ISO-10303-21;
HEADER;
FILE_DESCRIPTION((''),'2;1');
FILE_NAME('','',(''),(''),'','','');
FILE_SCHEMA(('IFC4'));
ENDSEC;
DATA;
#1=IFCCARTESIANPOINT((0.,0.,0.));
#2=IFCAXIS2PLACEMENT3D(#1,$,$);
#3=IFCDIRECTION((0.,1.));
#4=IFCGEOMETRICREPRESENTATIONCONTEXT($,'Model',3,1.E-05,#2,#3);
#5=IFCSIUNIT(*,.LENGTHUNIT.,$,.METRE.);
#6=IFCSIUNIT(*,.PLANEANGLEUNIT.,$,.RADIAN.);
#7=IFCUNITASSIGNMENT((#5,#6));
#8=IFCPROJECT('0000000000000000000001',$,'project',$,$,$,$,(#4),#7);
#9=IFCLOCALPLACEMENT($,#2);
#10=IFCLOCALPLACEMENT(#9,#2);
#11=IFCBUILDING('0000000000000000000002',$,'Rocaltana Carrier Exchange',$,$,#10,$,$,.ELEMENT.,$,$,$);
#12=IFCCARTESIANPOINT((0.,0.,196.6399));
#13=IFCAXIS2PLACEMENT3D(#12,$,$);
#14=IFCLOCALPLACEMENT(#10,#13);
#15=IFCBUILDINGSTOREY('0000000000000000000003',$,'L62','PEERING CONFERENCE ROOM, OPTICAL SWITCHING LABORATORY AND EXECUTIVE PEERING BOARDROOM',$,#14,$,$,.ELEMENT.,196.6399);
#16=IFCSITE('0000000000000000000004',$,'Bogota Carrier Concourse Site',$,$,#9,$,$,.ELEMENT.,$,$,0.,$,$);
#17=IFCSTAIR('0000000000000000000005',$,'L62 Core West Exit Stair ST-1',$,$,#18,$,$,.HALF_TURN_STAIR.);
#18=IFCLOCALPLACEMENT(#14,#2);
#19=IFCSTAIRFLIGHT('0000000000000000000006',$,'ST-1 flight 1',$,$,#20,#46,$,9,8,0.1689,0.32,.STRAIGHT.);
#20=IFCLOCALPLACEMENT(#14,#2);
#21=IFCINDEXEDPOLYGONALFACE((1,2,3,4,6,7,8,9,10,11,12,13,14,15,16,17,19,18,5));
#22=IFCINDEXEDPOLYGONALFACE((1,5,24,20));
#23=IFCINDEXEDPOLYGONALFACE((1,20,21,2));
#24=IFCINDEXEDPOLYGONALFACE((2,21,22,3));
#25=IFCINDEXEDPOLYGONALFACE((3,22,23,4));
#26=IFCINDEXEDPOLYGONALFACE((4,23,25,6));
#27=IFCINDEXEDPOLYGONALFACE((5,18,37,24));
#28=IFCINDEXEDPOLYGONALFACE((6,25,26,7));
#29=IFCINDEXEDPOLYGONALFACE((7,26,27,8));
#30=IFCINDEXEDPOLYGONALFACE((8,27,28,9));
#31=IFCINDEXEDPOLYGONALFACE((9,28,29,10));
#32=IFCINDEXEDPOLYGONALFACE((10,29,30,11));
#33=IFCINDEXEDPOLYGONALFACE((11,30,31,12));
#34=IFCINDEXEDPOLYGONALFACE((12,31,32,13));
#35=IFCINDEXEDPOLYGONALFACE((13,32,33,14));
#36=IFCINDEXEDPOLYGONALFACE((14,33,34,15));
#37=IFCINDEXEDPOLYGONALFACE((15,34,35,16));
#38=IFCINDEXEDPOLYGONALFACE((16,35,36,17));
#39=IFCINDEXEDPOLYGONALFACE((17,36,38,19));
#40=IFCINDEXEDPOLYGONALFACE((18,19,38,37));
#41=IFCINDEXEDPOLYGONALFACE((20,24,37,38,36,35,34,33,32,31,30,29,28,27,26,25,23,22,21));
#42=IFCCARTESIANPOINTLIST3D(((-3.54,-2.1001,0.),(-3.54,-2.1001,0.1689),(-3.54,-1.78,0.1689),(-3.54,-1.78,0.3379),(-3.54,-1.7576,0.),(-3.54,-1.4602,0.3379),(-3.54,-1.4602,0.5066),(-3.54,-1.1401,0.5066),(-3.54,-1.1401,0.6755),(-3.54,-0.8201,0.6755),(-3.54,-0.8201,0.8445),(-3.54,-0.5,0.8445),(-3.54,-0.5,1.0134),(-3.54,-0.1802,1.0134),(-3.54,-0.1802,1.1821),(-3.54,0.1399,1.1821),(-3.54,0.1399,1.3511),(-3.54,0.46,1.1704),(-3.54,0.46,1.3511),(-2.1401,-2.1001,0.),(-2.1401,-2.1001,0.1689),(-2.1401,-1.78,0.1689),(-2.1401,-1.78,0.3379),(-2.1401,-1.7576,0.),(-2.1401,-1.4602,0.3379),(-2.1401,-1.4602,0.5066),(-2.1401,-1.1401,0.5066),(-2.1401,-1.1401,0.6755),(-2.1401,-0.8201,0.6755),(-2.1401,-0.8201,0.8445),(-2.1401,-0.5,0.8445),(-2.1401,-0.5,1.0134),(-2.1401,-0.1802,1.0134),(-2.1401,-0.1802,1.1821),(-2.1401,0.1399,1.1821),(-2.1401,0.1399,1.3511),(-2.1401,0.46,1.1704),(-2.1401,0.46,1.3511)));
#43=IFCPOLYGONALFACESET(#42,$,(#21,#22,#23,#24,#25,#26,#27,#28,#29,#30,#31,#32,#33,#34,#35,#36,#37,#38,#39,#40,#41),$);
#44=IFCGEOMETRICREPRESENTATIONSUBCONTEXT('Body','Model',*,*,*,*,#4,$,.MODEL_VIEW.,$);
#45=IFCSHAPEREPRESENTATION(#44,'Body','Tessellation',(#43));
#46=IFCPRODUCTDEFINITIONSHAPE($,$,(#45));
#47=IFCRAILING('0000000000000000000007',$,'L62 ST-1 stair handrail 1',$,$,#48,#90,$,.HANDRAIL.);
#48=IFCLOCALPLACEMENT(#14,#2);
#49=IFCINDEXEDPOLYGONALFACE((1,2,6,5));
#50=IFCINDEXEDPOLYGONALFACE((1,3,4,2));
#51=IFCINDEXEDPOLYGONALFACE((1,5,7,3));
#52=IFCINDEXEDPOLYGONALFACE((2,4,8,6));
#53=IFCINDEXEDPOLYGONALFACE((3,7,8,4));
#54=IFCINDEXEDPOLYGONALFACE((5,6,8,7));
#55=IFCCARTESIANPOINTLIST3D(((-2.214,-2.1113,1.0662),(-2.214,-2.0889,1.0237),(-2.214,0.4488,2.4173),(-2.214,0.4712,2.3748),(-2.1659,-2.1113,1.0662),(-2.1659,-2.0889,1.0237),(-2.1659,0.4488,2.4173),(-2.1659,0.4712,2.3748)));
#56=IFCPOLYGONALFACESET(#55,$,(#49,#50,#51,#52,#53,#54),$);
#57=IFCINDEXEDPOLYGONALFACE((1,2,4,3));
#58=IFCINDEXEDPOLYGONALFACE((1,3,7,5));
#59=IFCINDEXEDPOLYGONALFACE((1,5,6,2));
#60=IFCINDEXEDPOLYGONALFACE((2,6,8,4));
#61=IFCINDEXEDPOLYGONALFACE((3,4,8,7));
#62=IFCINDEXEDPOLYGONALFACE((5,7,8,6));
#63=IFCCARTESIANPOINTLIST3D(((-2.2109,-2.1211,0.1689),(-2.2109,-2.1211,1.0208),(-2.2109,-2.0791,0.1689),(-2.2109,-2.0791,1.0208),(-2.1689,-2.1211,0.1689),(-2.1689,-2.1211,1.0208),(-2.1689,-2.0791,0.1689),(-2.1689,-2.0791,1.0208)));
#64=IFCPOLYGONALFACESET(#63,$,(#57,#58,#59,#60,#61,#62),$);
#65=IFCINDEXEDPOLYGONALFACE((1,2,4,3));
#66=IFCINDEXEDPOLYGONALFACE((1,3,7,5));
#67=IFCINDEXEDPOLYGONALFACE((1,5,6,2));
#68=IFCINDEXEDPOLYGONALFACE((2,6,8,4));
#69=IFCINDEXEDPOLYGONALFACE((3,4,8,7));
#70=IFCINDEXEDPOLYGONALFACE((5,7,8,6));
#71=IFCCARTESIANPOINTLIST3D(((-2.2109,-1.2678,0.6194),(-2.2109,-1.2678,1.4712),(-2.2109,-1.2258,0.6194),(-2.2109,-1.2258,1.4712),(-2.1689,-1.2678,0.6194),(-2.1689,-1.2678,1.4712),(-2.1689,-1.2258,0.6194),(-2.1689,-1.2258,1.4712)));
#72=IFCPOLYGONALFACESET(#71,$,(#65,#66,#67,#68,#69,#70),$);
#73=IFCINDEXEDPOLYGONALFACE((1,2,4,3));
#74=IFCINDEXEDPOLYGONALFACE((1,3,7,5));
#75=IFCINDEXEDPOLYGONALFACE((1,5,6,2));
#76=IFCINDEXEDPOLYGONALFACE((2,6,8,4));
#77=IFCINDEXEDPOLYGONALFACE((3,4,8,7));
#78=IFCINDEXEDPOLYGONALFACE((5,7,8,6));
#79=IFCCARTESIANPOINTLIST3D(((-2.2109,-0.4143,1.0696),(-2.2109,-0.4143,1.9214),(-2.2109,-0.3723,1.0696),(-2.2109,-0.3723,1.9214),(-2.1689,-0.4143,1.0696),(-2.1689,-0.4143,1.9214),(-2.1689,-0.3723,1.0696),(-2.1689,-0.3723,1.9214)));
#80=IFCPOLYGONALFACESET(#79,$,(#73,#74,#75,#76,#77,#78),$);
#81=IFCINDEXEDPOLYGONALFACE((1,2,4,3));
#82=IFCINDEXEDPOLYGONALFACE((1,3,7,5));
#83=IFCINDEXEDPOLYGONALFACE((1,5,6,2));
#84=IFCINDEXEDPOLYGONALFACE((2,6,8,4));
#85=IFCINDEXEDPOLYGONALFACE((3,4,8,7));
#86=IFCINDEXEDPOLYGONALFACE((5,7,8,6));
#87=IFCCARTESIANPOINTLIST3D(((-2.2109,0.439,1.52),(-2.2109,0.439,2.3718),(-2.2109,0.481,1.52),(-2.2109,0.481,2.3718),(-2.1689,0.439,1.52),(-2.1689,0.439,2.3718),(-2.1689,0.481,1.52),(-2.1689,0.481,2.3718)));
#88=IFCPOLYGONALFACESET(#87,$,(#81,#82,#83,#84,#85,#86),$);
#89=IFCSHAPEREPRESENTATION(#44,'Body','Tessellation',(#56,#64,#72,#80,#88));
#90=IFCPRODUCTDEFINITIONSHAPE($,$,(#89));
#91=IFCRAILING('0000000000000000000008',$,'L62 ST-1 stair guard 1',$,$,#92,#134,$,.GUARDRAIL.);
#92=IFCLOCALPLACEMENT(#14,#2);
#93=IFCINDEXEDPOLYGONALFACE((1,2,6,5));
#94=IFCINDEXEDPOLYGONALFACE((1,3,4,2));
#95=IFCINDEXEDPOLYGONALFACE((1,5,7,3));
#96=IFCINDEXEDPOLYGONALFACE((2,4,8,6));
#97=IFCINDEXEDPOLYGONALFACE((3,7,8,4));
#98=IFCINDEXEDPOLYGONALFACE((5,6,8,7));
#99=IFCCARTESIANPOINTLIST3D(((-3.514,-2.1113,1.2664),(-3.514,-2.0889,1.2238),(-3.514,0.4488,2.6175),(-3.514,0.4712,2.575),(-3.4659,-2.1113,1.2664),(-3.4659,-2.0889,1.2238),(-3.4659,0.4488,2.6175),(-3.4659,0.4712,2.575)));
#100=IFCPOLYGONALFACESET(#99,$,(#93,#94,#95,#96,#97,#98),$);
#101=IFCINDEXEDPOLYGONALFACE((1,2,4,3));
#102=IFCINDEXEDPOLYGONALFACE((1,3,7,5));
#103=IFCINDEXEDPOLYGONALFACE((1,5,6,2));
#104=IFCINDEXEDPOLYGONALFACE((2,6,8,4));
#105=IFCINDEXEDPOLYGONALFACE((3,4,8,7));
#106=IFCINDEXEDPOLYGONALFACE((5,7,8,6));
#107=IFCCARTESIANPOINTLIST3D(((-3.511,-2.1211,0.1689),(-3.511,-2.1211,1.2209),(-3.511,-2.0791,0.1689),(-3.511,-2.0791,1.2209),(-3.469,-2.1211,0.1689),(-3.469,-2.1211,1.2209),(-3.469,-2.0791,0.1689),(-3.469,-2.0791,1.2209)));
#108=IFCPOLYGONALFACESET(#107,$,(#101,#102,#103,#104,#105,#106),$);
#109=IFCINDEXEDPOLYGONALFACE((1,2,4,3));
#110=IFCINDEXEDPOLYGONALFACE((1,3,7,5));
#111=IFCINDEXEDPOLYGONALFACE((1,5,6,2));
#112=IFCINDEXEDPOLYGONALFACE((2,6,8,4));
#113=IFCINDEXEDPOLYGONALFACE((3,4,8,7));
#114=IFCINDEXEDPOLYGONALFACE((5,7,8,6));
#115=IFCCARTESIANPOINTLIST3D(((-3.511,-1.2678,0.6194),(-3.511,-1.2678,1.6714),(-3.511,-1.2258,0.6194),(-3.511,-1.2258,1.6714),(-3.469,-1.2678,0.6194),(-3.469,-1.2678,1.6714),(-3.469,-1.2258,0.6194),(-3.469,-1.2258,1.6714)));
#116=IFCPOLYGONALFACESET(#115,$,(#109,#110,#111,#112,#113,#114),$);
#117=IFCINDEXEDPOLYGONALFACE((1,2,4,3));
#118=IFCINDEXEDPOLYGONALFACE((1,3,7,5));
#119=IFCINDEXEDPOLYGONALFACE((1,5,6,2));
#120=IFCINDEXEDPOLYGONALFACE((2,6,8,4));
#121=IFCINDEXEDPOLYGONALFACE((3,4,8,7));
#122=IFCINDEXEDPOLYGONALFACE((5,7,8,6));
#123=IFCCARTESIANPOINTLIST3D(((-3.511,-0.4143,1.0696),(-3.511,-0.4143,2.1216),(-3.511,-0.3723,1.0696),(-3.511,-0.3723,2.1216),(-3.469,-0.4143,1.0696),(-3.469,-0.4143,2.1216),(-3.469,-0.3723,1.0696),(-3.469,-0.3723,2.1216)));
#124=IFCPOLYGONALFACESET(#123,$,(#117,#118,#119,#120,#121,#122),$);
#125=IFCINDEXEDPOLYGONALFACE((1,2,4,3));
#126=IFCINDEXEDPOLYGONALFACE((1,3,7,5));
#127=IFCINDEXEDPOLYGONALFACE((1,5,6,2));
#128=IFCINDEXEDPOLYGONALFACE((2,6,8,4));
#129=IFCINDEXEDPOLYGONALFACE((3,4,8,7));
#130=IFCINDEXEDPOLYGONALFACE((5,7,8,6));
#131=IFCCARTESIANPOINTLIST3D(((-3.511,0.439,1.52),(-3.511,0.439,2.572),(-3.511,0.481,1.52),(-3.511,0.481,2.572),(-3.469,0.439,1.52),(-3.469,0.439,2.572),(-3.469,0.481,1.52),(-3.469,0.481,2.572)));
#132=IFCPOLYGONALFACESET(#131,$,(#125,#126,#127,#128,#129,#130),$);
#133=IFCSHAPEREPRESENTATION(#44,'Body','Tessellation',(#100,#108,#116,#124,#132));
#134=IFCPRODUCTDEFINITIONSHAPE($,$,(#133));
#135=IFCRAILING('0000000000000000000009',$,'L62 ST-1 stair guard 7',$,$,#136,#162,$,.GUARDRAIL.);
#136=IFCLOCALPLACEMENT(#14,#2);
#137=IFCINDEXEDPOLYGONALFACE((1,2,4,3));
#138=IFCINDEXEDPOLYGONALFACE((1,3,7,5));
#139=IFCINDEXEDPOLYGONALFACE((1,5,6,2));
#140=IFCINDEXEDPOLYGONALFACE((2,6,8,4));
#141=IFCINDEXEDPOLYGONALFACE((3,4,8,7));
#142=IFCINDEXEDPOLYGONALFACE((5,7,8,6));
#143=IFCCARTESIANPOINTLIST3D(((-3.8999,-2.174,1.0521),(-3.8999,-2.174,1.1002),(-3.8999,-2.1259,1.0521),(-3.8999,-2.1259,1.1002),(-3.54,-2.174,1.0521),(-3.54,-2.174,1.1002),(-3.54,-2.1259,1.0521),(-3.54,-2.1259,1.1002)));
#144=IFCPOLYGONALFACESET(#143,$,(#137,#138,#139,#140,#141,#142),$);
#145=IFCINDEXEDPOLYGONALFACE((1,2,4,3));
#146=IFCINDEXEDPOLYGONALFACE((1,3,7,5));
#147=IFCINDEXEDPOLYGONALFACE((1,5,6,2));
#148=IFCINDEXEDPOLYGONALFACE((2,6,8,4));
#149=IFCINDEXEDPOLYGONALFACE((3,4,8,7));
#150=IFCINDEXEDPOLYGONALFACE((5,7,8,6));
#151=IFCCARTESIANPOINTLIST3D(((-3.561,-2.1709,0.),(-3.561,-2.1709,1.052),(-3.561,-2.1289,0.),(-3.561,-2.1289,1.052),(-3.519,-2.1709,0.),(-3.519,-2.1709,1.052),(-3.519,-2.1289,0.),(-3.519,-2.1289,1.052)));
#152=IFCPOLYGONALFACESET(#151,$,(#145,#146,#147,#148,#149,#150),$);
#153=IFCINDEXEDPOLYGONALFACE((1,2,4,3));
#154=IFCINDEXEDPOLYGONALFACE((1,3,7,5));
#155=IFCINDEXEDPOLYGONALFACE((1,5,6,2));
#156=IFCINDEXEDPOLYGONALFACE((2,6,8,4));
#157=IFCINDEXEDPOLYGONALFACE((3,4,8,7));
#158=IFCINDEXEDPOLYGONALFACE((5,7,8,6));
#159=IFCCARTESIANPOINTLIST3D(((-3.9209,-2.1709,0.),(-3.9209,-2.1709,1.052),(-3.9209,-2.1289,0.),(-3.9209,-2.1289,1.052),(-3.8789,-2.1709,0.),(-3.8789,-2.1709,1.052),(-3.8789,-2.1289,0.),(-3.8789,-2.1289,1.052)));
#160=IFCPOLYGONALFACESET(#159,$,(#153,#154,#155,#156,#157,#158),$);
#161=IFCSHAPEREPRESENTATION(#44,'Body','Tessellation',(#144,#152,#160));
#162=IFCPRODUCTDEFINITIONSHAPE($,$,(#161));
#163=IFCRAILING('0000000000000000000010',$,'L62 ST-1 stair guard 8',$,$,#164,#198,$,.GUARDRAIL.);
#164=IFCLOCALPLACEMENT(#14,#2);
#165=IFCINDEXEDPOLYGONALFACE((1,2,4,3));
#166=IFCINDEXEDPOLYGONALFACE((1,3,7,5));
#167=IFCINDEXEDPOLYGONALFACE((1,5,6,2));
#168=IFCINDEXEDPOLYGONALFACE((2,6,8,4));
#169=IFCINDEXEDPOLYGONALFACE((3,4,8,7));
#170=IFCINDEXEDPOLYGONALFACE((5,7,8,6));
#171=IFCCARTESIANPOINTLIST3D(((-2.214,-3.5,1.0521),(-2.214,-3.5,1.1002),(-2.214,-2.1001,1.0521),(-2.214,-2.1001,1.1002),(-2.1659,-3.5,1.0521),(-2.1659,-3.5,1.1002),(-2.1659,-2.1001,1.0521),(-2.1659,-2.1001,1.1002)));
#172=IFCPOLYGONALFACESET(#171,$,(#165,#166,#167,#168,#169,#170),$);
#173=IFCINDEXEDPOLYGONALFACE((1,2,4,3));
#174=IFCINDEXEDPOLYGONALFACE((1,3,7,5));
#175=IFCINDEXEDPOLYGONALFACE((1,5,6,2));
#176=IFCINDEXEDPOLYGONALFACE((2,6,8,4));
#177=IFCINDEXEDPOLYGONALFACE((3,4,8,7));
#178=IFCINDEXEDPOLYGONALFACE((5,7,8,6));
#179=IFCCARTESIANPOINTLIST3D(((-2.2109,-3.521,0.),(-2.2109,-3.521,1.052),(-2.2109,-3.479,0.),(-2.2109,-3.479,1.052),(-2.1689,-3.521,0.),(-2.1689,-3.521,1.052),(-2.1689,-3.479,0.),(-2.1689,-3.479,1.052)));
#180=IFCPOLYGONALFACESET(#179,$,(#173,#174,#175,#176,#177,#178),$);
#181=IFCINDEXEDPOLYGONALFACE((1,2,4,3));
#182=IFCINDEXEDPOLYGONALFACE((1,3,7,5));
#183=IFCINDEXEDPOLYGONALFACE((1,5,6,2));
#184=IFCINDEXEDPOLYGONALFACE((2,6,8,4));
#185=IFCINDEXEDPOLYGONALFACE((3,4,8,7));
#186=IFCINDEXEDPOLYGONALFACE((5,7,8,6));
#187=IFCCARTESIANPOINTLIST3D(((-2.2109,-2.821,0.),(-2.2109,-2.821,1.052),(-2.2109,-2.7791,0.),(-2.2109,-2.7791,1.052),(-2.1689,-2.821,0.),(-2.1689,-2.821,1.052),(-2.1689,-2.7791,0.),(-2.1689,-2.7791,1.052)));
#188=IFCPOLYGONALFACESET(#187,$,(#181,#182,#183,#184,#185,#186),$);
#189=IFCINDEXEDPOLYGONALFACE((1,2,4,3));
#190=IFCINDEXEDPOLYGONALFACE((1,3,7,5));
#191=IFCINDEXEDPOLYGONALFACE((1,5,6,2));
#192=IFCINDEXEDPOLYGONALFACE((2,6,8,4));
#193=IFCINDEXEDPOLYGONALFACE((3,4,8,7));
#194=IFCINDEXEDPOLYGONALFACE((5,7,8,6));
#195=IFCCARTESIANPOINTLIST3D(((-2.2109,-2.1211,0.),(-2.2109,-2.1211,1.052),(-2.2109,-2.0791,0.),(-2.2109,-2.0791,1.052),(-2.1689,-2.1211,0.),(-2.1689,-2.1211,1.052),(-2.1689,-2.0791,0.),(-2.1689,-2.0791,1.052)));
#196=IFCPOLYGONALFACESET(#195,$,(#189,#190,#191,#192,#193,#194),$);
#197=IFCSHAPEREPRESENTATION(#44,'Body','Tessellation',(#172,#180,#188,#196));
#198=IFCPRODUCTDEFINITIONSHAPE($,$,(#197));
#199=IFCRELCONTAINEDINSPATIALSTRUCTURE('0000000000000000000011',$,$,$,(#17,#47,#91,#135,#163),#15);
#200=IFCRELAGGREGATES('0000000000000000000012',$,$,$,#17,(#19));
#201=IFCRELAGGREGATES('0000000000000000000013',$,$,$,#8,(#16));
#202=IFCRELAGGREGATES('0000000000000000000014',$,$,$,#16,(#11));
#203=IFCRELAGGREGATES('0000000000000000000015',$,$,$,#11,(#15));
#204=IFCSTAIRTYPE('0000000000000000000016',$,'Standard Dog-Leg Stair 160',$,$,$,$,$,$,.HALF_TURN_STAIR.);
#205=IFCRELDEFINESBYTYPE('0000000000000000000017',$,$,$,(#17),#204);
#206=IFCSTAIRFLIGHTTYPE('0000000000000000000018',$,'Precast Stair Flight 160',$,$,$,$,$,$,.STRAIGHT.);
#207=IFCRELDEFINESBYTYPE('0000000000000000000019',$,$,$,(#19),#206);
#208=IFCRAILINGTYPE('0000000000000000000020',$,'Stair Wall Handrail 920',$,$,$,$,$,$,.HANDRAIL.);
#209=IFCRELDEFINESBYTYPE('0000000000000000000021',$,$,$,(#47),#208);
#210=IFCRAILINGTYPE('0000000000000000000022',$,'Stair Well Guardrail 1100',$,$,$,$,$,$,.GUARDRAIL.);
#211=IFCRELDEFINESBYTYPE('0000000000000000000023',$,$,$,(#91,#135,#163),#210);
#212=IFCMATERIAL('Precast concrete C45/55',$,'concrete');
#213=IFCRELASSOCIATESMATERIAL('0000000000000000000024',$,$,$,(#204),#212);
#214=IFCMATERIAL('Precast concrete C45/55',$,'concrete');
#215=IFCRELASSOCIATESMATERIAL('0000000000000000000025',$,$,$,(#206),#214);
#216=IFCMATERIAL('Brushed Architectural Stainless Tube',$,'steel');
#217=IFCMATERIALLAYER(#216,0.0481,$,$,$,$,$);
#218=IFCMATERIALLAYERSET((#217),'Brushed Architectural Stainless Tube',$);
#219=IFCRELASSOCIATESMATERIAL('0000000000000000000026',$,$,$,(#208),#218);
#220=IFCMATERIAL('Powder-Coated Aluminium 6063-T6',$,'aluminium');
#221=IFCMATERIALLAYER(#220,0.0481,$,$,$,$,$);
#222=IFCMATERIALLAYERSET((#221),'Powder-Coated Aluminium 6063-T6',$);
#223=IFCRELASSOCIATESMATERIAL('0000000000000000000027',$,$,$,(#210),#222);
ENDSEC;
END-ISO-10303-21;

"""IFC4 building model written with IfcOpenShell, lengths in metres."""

from ifc_helpers import new_model, si_unit, direction, frame, origin, origin_2d, place, context, subcontext, project, spatial, polyline, rectangle, outline, extrude, material, layer, layer_set, type_object, element, aggregate, save


model = new_model("IFC4")

# Units and contexts
model_context = context("Model", 3, precision=1e-05, world=origin(), true_north=direction((0.0, 1.0)))
body_context = subcontext(model_context, "Body", "Model", "MODEL_VIEW")
ifc_project = project(units=[si_unit("LENGTHUNIT", "METRE"), si_unit("PLANEANGLEUNIT", "RADIAN")], contexts=[model_context])

# Site, building, storey
site_placement = place(None, origin())
site = spatial("IfcSite", under=ifc_project, at=site_placement, Name="Bogota Carrier Concourse Site", CompositionType="ELEMENT", RefElevation=0.0)
building_placement = place(site_placement, origin())
building = spatial("IfcBuilding", under=site, at=building_placement, Name="Rocaltana Carrier Exchange", CompositionType="ELEMENT")
storey_placement = place(building_placement, frame((0.0, 0.0, 196.6399)))
storey = spatial("IfcBuildingStorey", under=building, at=storey_placement, Name="L62", Description="PEERING CONFERENCE ROOM, OPTICAL SWITCHING LABORATORY AND EXECUTIVE PEERING BOARDROOM", CompositionType="ELEMENT", Elevation=196.6399)

# Stair, stair flight
ifc_material_1 = material(Name="Precast concrete C45/55", Category="concrete")
stair_type = type_object("IfcStairType", Name="Standard Dog-Leg Stair 160", PredefinedType="HALF_TURN_STAIR", material=ifc_material_1)
stair_placement = place(storey_placement, origin())
stair = element("IfcStair", 1, at=stair_placement, inside=storey, type_object=stair_type, Name="L62 Core West Exit Stair ST-1", PredefinedType="HALF_TURN_STAIR")
ifc_material_2 = material(Name="Precast concrete C45/55", Category="concrete")
stair_flight_type = type_object("IfcStairFlightType", Name="Precast Stair Flight 160", PredefinedType="STRAIGHT", material=ifc_material_2)
stair_flight_placement = place(storey_placement, frame((-2.8401, -2.1001, 0.0), z_axis=(0.0, 0.0, 1.0), x_axis=(0.0, 1.0, 0.0)))
stair_flight = element("IfcStairFlight", 2, at=stair_flight_placement, type_object=stair_flight_type, Name="ST-1 flight 1", NumberOfRisers=9, NumberOfTreads=8, PredefinedType="STRAIGHT", RiserHeight=0.1689, TreadLength=0.32, context=body_context, shape_type="SweptSolid", body=[
    extrude(outline(polyline([(0.0, 0.0), (0.0, 0.1689), (0.3201, 0.1689), (0.3201, 0.3379), (0.6399, 0.3379), (0.6399, 0.5066), (0.96, 0.5066), (0.96, 0.6755), (1.28, 0.6755), (1.28, 0.8445), (1.6001, 0.8445), (1.6001, 1.0134), (1.9199, 1.0134), (1.9199, 1.1821), (2.24, 1.1821), (2.24, 1.3511), (2.5601, 1.3511), (2.5601, 1.52), (2.5601, 1.1704), (0.3425, 0.0), (0.0, 0.0)])), frame((0.0, 0.7, 0.0), z_axis=(0.0, -1.0, 0.0), x_axis=(1.0, 0.0, 0.0)), (0.0, 0.0, 1.0), 1.3999),
])
aggregate(stair, [stair_flight])

# Railings
ifc_material_3 = material(Name="Brushed Architectural Stainless Tube", Category="steel")
ifc_layer_1 = layer(ifc_material_3, 0.0481)
ifc_layer_set_1 = layer_set([ifc_layer_1], Name="Brushed Architectural Stainless Tube")
railing_type_1 = type_object("IfcRailingType", Name="Stair Wall Handrail 920", PredefinedType="HANDRAIL", material=ifc_layer_set_1)
railing_1_placement = place(storey_placement, frame((-2.1899, -2.1001, 0.1689)))
element("IfcRailing", 3, at=railing_1_placement, inside=storey, type_object=railing_type_1, Name="L62 ST-1 stair handrail 1", PredefinedType="HANDRAIL", context=body_context, shape_type="SweptSolid", body=[
    extrude(rectangle(XDim=0.0481, YDim=0.0481, at=origin_2d()), frame((0.0, 0.0, 0.876), z_axis=(0.0, 0.884394, 0.46674), x_axis=(-1.0, 0.0, 0.0)), (0.0, 0.0, 1.0), 2.8948),
    extrude(rectangle(XDim=0.042, YDim=0.042, at=origin_2d()), origin(), (0.0, 0.0, 1.0), 0.8518),
    extrude(rectangle(XDim=0.042, YDim=0.042, at=origin_2d()), frame((0.0, 0.8533, 0.4504)), (0.0, 0.0, 1.0), 0.8518),
    extrude(rectangle(XDim=0.042, YDim=0.042, at=origin_2d()), frame((0.0, 1.7068, 0.9006)), (0.0, 0.0, 1.0), 0.8518),
    extrude(rectangle(XDim=0.042, YDim=0.042, at=origin_2d()), frame((0.0, 2.5601, 1.3511)), (0.0, 0.0, 1.0), 0.8518),
])
ifc_material_4 = material(Name="Powder-Coated Aluminium 6063-T6", Category="aluminium")
ifc_layer_2 = layer(ifc_material_4, 0.0481)
ifc_layer_set_2 = layer_set([ifc_layer_2], Name="Powder-Coated Aluminium 6063-T6")
railing_type_2 = type_object("IfcRailingType", Name="Stair Well Guardrail 1100", PredefinedType="GUARDRAIL", material=ifc_layer_set_2)
railing_2_placement = place(storey_placement, frame((-3.49, -2.1001, 0.1689)))
element("IfcRailing", 4, at=railing_2_placement, inside=storey, type_object=railing_type_2, Name="L62 ST-1 stair guard 1", PredefinedType="GUARDRAIL", context=body_context, shape_type="SweptSolid", body=[
    extrude(rectangle(XDim=0.0481, YDim=0.0481, at=origin_2d()), frame((0.0, 0.0, 1.0762), z_axis=(0.0, 0.884394, 0.46674), x_axis=(-1.0, 0.0, 0.0)), (0.0, 0.0, 1.0), 2.8948),
    extrude(rectangle(XDim=0.042, YDim=0.042, at=origin_2d()), origin(), (0.0, 0.0, 1.0), 1.052),
    extrude(rectangle(XDim=0.042, YDim=0.042, at=origin_2d()), frame((0.0, 0.8533, 0.4504)), (0.0, 0.0, 1.0), 1.052),
    extrude(rectangle(XDim=0.042, YDim=0.042, at=origin_2d()), frame((0.0, 1.7068, 0.9006)), (0.0, 0.0, 1.0), 1.052),
    extrude(rectangle(XDim=0.042, YDim=0.042, at=origin_2d()), frame((0.0, 2.5601, 1.3511)), (0.0, 0.0, 1.0), 1.052),
])
railing_3_placement = place(storey_placement, frame((-3.54, -2.1499, 0.0)))
element("IfcRailing", 5, at=railing_3_placement, inside=storey, type_object=railing_type_2, Name="L62 ST-1 stair guard 7", PredefinedType="GUARDRAIL", context=body_context, shape_type="SweptSolid", body=[
    extrude(rectangle(XDim=0.0481, YDim=0.0481, at=origin_2d()), frame((0.0, 0.0, 1.0762), z_axis=(-1.0, 0.0, 0.0), x_axis=(0.0, -1.0, 0.0)), (0.0, 0.0, 1.0), 0.3599),
    extrude(rectangle(XDim=0.042, YDim=0.042, at=origin_2d()), origin(), (0.0, 0.0, 1.0), 1.052),
    extrude(rectangle(XDim=0.042, YDim=0.042, at=origin_2d()), frame((-0.3599, 0.0, 0.0)), (0.0, 0.0, 1.0), 1.052),
])
for number, where, name in (
    (6, (-2.1899, -3.5, 0.0), "L62 ST-1 stair guard 8"),
):
    element("IfcRailing", number, at=place(storey_placement, frame(where)), inside=storey, type_object=railing_type_2, Name=name, PredefinedType="GUARDRAIL", context=body_context, shape_type="SweptSolid", body=[
        extrude(rectangle(XDim=0.0481, YDim=0.0481, at=origin_2d()), frame((0.0, 0.0, 1.0762), z_axis=(0.0, 1.0, 0.0), x_axis=(-1.0, 0.0, 0.0)), (0.0, 0.0, 1.0), 1.3999),
        extrude(rectangle(XDim=0.042, YDim=0.042, at=origin_2d()), origin(), (0.0, 0.0, 1.0), 1.052),
        extrude(rectangle(XDim=0.042, YDim=0.042, at=origin_2d()), frame((0.0, 0.7, 0.0)), (0.0, 0.0, 1.0), 1.052),
        extrude(rectangle(XDim=0.042, YDim=0.042, at=origin_2d()), frame((0.0, 1.3999, 0.0)), (0.0, 0.0, 1.0), 1.052),
    ])

save(model, "model.ifc")
